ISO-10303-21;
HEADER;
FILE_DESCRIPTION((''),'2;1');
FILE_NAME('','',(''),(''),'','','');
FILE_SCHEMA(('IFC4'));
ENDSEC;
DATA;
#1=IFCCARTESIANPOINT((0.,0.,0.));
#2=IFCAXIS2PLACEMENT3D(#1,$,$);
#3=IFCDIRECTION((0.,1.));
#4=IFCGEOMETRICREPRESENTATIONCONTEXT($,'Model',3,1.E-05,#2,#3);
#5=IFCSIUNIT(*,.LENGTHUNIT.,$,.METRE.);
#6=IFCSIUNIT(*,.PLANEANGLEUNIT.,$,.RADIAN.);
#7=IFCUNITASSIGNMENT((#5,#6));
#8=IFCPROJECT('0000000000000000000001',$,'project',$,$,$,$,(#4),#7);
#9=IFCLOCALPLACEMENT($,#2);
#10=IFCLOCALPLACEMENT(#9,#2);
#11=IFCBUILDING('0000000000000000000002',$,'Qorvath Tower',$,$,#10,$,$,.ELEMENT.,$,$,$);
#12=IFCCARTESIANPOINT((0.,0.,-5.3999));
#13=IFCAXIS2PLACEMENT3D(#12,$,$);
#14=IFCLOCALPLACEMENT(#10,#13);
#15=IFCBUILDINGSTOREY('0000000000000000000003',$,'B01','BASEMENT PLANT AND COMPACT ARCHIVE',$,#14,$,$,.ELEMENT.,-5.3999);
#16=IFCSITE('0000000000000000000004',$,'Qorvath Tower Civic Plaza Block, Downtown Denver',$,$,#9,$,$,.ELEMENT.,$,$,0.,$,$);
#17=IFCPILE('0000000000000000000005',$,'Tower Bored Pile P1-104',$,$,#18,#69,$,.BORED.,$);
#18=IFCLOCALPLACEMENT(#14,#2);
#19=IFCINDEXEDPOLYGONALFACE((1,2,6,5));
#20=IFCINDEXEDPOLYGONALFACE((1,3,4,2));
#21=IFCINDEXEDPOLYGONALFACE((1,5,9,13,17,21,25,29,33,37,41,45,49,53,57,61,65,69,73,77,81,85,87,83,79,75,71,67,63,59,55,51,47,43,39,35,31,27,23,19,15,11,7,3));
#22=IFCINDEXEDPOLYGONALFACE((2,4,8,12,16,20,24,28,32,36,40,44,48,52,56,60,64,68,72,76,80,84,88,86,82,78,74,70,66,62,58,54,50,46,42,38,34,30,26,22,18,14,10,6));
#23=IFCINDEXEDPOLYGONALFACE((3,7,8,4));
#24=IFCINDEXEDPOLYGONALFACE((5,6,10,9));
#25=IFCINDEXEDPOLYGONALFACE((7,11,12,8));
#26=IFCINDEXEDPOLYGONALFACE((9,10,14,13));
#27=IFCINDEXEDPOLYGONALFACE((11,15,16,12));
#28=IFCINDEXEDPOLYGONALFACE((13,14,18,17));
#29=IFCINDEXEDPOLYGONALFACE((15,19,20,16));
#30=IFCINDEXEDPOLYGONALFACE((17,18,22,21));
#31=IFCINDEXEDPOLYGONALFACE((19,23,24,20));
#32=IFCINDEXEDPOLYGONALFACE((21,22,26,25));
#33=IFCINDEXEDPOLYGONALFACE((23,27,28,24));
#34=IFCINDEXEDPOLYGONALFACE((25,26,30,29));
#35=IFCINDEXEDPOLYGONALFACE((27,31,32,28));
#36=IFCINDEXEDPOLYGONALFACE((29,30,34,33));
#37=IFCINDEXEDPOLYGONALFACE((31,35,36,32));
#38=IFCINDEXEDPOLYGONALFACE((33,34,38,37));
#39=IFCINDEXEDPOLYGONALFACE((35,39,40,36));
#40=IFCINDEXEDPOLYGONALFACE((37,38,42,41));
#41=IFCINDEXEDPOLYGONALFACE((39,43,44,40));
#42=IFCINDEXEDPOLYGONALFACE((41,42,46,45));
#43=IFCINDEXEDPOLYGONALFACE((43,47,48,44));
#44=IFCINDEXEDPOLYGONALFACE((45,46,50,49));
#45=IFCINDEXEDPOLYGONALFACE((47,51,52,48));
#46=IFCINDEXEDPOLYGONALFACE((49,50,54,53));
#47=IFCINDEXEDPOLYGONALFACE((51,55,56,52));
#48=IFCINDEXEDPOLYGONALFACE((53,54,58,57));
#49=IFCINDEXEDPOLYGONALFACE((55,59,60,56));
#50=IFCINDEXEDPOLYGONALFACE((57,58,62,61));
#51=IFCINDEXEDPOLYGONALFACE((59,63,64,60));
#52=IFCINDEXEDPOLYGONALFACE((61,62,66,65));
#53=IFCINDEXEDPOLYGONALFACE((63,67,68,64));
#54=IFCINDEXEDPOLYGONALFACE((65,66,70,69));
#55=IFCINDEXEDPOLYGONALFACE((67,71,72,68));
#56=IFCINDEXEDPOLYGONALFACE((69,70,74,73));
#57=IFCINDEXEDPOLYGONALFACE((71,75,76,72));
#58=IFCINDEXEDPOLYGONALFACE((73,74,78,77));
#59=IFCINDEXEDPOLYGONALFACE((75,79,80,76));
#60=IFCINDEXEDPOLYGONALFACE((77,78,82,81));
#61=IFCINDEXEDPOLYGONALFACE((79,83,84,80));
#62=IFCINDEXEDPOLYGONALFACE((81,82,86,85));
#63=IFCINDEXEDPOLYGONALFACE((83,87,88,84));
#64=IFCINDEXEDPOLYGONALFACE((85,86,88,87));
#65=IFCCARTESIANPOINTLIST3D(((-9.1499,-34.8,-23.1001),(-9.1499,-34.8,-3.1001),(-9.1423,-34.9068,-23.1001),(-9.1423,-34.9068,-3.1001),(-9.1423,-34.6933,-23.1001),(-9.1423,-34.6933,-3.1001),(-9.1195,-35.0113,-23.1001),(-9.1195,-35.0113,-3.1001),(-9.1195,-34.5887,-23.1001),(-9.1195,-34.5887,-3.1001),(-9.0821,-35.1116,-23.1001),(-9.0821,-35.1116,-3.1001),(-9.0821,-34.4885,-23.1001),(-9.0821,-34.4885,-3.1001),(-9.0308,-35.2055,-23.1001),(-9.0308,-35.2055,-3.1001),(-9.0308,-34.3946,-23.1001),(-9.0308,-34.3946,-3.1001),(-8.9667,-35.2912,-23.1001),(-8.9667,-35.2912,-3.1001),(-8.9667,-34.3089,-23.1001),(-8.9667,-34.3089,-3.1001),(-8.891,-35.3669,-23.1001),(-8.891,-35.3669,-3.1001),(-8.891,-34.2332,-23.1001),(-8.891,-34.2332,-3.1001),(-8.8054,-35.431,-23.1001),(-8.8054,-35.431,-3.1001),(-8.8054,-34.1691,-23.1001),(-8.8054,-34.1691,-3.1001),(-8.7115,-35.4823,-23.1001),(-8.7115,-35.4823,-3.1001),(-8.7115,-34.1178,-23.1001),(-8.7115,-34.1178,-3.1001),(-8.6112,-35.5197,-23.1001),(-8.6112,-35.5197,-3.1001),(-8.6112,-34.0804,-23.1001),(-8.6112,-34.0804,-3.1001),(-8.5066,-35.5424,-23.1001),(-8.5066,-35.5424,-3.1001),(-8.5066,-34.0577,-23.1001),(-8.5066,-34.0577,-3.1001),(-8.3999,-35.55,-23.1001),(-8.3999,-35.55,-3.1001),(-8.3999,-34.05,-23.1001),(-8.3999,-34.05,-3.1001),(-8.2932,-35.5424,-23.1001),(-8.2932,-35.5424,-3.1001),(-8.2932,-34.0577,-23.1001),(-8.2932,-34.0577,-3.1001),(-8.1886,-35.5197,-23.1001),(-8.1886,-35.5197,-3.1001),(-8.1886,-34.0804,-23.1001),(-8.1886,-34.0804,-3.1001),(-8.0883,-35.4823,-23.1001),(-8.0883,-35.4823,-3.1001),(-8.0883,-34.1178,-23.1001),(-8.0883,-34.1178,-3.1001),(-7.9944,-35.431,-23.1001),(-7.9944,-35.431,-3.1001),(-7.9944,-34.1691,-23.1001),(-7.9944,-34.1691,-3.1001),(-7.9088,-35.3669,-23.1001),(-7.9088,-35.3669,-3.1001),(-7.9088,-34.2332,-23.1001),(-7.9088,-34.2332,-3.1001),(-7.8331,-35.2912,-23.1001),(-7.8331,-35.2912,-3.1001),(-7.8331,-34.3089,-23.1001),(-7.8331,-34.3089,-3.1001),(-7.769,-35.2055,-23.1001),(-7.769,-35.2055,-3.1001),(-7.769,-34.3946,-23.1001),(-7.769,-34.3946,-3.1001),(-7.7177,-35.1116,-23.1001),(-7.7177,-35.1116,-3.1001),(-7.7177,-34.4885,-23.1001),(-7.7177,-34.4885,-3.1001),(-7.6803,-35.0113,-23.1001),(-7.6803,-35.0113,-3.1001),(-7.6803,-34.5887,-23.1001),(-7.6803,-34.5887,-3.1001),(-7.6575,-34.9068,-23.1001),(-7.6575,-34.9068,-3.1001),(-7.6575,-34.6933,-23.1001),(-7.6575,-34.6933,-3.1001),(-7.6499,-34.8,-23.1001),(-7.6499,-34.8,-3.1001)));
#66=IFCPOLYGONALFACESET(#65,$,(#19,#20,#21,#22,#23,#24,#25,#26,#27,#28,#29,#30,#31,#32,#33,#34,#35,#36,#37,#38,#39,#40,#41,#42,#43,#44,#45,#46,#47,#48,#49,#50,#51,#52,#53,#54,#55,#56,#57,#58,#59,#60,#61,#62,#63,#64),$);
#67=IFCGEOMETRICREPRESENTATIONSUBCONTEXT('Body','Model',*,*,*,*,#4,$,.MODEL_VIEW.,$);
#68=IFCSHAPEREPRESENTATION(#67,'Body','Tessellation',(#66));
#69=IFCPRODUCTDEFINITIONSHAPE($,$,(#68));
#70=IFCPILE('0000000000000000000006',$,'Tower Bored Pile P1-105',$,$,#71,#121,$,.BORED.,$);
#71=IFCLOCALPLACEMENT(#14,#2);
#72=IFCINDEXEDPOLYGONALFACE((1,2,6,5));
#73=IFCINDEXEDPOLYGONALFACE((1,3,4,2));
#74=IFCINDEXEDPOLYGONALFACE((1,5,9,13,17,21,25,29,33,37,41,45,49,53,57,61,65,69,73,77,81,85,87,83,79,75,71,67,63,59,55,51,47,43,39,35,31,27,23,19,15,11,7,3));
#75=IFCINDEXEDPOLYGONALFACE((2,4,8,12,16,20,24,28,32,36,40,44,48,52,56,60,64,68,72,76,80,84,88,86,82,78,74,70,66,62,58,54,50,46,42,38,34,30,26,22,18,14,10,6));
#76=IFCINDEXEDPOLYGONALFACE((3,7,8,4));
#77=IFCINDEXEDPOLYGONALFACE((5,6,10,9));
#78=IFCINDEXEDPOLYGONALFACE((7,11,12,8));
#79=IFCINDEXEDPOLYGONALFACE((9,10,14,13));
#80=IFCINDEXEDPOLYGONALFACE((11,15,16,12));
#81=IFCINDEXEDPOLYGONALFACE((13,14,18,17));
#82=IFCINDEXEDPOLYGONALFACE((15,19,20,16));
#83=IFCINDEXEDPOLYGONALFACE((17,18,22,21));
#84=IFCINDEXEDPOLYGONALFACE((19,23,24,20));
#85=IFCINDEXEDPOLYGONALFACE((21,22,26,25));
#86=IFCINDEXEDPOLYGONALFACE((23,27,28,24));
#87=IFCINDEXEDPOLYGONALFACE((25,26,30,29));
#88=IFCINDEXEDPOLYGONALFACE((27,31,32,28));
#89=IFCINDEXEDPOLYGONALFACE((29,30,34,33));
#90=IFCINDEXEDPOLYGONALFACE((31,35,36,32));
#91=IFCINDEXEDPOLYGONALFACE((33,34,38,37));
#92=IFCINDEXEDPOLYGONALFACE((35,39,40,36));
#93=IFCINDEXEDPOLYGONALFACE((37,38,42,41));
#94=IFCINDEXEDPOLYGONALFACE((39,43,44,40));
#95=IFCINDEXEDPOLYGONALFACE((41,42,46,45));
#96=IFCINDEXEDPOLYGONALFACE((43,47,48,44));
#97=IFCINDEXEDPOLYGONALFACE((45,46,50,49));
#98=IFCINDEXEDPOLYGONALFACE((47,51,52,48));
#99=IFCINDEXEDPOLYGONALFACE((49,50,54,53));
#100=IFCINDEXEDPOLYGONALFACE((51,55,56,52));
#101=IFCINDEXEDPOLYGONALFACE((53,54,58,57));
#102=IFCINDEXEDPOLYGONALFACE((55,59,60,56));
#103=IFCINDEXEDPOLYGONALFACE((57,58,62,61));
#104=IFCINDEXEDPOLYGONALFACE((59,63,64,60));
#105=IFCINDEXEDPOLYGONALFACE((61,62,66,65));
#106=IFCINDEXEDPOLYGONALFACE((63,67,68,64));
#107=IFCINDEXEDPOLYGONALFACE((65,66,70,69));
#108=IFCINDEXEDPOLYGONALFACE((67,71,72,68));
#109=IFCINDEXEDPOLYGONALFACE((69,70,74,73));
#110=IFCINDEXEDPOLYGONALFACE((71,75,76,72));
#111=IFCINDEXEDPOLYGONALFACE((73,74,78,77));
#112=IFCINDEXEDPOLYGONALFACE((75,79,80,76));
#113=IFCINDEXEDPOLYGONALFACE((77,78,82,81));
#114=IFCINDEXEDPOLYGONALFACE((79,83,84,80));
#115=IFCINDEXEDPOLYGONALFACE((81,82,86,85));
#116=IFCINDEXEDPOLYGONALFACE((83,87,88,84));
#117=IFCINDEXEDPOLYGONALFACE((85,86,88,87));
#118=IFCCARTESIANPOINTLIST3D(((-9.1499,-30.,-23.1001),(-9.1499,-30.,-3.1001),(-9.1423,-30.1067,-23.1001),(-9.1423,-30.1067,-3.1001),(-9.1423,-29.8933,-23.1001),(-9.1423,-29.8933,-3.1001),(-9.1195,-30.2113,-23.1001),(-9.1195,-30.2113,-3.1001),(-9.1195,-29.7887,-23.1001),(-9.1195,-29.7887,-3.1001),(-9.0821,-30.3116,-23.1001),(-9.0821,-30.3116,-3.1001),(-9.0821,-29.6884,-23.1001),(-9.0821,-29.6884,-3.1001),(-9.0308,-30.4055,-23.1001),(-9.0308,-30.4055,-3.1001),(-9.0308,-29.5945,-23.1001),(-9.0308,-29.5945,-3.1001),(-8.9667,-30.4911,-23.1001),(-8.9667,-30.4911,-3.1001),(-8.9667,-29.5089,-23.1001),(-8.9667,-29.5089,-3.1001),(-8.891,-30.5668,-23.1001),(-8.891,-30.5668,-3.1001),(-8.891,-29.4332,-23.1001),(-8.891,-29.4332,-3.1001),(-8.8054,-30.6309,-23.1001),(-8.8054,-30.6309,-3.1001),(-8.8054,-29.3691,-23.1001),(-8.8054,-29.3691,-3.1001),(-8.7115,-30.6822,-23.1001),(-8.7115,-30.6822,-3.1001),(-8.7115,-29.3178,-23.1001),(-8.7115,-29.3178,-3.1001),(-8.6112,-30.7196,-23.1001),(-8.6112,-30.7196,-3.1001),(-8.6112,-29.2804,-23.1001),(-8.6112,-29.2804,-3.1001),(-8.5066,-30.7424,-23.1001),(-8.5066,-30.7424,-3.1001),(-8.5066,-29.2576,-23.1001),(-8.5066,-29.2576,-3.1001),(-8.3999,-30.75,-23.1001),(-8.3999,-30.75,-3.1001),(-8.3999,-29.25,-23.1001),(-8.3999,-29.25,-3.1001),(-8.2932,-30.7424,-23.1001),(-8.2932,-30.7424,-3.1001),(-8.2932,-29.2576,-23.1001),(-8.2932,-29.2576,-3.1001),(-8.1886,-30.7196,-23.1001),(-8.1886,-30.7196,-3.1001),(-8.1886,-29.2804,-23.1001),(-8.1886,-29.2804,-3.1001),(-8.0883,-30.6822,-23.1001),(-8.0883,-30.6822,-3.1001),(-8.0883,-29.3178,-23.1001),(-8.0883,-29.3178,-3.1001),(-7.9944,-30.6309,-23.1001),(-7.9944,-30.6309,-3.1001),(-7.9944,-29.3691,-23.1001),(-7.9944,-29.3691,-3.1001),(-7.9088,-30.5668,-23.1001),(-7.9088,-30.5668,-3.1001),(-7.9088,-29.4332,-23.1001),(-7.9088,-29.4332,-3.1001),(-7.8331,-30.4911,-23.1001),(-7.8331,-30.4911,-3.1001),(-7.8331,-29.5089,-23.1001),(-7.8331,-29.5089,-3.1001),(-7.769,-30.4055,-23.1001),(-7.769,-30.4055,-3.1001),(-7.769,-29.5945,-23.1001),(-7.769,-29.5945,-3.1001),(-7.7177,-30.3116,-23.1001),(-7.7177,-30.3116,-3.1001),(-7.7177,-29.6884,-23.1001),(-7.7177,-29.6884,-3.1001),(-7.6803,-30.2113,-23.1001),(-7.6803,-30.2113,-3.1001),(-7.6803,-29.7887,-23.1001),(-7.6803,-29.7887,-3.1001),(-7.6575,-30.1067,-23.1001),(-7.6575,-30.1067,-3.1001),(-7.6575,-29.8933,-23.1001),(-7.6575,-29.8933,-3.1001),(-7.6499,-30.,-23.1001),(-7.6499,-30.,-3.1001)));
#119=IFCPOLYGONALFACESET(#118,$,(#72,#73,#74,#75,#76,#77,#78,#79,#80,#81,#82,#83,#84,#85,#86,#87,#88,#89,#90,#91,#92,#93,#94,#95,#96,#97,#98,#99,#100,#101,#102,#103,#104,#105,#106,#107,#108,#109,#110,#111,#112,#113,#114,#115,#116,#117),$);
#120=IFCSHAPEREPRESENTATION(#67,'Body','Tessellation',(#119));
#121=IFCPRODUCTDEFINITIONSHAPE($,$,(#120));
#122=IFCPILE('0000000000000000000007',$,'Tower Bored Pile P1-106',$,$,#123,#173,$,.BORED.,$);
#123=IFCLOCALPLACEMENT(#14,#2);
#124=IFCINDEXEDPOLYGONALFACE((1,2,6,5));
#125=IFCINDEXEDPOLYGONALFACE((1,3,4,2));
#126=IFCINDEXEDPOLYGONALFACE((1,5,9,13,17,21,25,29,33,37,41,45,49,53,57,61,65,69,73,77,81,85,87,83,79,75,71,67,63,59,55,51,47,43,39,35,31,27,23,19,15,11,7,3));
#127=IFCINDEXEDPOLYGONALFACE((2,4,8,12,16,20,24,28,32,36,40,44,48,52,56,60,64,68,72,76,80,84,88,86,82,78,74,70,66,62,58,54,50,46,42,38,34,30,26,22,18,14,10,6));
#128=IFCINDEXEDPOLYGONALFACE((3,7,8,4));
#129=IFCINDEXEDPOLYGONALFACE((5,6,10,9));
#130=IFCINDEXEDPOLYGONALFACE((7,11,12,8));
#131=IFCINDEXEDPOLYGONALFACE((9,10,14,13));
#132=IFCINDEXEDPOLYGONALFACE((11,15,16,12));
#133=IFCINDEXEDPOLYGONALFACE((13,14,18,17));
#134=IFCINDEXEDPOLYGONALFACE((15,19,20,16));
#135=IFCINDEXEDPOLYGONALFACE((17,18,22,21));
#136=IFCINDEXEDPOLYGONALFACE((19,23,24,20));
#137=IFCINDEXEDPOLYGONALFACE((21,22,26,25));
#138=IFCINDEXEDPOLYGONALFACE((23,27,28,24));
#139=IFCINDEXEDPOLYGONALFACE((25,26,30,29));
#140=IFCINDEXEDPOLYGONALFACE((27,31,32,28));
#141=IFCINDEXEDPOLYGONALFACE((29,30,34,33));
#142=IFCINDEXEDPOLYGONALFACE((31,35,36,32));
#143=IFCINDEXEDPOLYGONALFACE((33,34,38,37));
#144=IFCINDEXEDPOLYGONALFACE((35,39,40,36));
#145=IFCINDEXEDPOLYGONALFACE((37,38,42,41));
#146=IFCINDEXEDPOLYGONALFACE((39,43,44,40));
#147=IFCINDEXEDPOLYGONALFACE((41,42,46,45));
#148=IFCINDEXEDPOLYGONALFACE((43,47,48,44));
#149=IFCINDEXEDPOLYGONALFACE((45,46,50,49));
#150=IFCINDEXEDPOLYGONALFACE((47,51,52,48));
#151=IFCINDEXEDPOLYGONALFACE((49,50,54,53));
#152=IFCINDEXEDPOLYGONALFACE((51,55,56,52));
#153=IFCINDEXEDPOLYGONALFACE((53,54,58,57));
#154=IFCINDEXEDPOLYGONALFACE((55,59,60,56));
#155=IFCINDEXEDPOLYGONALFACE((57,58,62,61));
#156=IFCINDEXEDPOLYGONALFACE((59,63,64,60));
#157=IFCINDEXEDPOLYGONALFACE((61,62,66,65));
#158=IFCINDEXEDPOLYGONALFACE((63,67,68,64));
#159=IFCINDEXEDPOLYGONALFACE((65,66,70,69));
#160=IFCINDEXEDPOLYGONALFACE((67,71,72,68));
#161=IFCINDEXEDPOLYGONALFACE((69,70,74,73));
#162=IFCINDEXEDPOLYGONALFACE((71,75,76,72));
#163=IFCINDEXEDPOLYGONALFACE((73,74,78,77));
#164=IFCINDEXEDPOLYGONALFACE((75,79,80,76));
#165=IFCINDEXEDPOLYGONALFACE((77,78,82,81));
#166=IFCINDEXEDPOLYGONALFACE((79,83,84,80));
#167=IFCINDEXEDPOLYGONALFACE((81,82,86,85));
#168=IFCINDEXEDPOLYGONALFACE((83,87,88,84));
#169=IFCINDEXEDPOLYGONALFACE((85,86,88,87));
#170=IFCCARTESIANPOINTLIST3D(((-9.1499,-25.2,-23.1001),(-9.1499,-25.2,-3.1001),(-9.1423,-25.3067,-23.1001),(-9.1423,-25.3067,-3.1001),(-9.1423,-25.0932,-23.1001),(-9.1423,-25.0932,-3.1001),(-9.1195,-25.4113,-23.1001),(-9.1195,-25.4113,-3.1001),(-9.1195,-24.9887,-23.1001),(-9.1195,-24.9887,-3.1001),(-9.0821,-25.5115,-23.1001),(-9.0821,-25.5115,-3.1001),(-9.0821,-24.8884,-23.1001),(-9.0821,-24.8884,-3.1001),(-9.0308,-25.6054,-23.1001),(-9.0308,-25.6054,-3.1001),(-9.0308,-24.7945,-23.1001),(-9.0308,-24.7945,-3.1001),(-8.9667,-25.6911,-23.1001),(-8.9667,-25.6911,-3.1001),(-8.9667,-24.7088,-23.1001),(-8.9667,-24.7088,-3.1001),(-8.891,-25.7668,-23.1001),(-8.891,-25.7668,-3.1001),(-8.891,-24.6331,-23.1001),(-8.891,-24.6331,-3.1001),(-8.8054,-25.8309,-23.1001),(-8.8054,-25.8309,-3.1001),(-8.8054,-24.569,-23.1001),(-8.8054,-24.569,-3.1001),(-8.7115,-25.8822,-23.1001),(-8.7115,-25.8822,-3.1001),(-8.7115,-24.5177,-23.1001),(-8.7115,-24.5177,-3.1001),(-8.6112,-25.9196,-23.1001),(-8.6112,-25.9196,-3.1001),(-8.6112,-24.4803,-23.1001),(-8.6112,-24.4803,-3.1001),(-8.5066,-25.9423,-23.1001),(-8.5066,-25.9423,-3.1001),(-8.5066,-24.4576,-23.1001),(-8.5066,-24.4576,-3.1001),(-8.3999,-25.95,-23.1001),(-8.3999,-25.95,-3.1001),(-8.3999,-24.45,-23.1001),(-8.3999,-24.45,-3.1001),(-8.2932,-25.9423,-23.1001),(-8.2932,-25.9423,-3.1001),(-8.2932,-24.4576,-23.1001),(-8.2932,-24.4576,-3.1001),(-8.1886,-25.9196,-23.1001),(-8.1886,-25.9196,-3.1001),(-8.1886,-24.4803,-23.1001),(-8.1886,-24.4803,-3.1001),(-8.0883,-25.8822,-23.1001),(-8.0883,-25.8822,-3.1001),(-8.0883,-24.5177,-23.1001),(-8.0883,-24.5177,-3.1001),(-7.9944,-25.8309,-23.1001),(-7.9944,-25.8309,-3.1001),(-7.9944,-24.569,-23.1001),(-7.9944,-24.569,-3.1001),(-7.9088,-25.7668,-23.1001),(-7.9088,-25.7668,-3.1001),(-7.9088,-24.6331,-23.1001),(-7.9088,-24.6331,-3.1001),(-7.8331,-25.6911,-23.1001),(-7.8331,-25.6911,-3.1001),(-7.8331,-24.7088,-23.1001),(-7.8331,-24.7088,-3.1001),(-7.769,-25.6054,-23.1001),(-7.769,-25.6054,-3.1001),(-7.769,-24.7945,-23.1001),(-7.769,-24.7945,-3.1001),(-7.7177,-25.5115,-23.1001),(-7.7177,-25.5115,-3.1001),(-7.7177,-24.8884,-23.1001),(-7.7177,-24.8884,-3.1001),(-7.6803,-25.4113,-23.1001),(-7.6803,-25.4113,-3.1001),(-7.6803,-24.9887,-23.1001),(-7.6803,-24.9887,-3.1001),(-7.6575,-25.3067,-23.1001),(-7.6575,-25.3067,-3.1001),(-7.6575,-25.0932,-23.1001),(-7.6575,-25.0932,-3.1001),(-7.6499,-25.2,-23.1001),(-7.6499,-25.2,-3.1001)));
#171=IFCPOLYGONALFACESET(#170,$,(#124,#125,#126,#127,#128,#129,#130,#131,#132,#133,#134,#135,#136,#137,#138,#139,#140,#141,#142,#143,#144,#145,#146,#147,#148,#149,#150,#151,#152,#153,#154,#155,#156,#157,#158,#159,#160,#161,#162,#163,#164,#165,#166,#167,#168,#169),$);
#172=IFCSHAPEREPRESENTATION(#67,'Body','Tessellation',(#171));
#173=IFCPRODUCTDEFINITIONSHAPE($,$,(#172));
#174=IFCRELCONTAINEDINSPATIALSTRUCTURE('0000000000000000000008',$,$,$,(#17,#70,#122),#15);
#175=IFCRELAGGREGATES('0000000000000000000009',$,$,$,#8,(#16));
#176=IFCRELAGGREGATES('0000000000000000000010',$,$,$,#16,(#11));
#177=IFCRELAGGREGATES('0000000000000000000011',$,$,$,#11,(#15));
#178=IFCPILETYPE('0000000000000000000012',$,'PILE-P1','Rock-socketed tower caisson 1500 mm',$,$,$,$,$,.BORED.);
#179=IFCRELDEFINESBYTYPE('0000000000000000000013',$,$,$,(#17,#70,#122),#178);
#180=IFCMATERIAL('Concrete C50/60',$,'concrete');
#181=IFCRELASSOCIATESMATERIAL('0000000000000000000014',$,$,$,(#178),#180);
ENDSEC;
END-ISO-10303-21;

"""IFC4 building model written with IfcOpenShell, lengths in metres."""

from ifc_helpers import new_model, si_unit, direction, frame, origin, origin_2d, place, context, subcontext, project, spatial, circle, extrude, material, material_profile, profile_set, type_object, element, save


model = new_model("IFC4")

# Units and contexts
model_context = context("Model", 3, precision=1e-05, world=origin(), true_north=direction((0.0, 1.0)))
body_context = subcontext(model_context, "Body", "Model", "MODEL_VIEW")
ifc_project = project(units=[si_unit("LENGTHUNIT", "METRE"), si_unit("PLANEANGLEUNIT", "RADIAN")], contexts=[model_context])

# Site, building, storey
site_placement = place(None, origin())
site = spatial("IfcSite", under=ifc_project, at=site_placement, Name="Qorvath Tower Civic Plaza Block, Downtown Denver", CompositionType="ELEMENT", RefElevation=0.0)
building_placement = place(site_placement, origin())
building = spatial("IfcBuilding", under=site, at=building_placement, Name="Qorvath Tower", CompositionType="ELEMENT")
storey_placement = place(building_placement, frame((0.0, 0.0, -5.3999)))
storey = spatial("IfcBuildingStorey", under=building, at=storey_placement, Name="B01", Description="BASEMENT PLANT AND COMPACT ARCHIVE", CompositionType="ELEMENT", Elevation=-5.3999)

# Piles
ifc_material_1 = material(Name="Concrete C50/60", Category="concrete")
ifc_material_profile_1 = material_profile(ifc_material_1, circle(Radius=0.75, at=origin_2d()), Name="BORED PILE 1500")
ifc_profile_set_1 = profile_set([ifc_material_profile_1], Name="Concrete C50/60")
pile_type = type_object("IfcPileType", Name="PILE-P1", Description="Rock-socketed tower caisson 1500 mm", PredefinedType="BORED", material=ifc_profile_set_1)
for number, where, z_axis, x_axis, name in (
    (1, (-8.3999, -34.8, -3.1001), (0.0, 0.0, -1.0), (1.0, 0.0, 0.0), "Tower Bored Pile P1-104"),
    (2, (-8.3999, -30.0, -3.1001), (0.0, 0.0, -1.0), (1.0, 0.0, 0.0), "Tower Bored Pile P1-105"),
    (3, (-8.3999, -25.2, -3.1001), (0.0, 0.0, -1.0), (1.0, 0.0, 0.0), "Tower Bored Pile P1-106"),
):
    element("IfcPile", number, at=place(storey_placement, frame(where, z_axis=z_axis, x_axis=x_axis)), inside=storey, type_object=pile_type, Name=name, PredefinedType="BORED", context=body_context, shape_type="SweptSolid", body=[
        extrude(circle(Radius=0.75, at=origin_2d()), origin(), (0.0, 0.0, 1.0), 20.0),
    ])

save(model, "model.ifc")
